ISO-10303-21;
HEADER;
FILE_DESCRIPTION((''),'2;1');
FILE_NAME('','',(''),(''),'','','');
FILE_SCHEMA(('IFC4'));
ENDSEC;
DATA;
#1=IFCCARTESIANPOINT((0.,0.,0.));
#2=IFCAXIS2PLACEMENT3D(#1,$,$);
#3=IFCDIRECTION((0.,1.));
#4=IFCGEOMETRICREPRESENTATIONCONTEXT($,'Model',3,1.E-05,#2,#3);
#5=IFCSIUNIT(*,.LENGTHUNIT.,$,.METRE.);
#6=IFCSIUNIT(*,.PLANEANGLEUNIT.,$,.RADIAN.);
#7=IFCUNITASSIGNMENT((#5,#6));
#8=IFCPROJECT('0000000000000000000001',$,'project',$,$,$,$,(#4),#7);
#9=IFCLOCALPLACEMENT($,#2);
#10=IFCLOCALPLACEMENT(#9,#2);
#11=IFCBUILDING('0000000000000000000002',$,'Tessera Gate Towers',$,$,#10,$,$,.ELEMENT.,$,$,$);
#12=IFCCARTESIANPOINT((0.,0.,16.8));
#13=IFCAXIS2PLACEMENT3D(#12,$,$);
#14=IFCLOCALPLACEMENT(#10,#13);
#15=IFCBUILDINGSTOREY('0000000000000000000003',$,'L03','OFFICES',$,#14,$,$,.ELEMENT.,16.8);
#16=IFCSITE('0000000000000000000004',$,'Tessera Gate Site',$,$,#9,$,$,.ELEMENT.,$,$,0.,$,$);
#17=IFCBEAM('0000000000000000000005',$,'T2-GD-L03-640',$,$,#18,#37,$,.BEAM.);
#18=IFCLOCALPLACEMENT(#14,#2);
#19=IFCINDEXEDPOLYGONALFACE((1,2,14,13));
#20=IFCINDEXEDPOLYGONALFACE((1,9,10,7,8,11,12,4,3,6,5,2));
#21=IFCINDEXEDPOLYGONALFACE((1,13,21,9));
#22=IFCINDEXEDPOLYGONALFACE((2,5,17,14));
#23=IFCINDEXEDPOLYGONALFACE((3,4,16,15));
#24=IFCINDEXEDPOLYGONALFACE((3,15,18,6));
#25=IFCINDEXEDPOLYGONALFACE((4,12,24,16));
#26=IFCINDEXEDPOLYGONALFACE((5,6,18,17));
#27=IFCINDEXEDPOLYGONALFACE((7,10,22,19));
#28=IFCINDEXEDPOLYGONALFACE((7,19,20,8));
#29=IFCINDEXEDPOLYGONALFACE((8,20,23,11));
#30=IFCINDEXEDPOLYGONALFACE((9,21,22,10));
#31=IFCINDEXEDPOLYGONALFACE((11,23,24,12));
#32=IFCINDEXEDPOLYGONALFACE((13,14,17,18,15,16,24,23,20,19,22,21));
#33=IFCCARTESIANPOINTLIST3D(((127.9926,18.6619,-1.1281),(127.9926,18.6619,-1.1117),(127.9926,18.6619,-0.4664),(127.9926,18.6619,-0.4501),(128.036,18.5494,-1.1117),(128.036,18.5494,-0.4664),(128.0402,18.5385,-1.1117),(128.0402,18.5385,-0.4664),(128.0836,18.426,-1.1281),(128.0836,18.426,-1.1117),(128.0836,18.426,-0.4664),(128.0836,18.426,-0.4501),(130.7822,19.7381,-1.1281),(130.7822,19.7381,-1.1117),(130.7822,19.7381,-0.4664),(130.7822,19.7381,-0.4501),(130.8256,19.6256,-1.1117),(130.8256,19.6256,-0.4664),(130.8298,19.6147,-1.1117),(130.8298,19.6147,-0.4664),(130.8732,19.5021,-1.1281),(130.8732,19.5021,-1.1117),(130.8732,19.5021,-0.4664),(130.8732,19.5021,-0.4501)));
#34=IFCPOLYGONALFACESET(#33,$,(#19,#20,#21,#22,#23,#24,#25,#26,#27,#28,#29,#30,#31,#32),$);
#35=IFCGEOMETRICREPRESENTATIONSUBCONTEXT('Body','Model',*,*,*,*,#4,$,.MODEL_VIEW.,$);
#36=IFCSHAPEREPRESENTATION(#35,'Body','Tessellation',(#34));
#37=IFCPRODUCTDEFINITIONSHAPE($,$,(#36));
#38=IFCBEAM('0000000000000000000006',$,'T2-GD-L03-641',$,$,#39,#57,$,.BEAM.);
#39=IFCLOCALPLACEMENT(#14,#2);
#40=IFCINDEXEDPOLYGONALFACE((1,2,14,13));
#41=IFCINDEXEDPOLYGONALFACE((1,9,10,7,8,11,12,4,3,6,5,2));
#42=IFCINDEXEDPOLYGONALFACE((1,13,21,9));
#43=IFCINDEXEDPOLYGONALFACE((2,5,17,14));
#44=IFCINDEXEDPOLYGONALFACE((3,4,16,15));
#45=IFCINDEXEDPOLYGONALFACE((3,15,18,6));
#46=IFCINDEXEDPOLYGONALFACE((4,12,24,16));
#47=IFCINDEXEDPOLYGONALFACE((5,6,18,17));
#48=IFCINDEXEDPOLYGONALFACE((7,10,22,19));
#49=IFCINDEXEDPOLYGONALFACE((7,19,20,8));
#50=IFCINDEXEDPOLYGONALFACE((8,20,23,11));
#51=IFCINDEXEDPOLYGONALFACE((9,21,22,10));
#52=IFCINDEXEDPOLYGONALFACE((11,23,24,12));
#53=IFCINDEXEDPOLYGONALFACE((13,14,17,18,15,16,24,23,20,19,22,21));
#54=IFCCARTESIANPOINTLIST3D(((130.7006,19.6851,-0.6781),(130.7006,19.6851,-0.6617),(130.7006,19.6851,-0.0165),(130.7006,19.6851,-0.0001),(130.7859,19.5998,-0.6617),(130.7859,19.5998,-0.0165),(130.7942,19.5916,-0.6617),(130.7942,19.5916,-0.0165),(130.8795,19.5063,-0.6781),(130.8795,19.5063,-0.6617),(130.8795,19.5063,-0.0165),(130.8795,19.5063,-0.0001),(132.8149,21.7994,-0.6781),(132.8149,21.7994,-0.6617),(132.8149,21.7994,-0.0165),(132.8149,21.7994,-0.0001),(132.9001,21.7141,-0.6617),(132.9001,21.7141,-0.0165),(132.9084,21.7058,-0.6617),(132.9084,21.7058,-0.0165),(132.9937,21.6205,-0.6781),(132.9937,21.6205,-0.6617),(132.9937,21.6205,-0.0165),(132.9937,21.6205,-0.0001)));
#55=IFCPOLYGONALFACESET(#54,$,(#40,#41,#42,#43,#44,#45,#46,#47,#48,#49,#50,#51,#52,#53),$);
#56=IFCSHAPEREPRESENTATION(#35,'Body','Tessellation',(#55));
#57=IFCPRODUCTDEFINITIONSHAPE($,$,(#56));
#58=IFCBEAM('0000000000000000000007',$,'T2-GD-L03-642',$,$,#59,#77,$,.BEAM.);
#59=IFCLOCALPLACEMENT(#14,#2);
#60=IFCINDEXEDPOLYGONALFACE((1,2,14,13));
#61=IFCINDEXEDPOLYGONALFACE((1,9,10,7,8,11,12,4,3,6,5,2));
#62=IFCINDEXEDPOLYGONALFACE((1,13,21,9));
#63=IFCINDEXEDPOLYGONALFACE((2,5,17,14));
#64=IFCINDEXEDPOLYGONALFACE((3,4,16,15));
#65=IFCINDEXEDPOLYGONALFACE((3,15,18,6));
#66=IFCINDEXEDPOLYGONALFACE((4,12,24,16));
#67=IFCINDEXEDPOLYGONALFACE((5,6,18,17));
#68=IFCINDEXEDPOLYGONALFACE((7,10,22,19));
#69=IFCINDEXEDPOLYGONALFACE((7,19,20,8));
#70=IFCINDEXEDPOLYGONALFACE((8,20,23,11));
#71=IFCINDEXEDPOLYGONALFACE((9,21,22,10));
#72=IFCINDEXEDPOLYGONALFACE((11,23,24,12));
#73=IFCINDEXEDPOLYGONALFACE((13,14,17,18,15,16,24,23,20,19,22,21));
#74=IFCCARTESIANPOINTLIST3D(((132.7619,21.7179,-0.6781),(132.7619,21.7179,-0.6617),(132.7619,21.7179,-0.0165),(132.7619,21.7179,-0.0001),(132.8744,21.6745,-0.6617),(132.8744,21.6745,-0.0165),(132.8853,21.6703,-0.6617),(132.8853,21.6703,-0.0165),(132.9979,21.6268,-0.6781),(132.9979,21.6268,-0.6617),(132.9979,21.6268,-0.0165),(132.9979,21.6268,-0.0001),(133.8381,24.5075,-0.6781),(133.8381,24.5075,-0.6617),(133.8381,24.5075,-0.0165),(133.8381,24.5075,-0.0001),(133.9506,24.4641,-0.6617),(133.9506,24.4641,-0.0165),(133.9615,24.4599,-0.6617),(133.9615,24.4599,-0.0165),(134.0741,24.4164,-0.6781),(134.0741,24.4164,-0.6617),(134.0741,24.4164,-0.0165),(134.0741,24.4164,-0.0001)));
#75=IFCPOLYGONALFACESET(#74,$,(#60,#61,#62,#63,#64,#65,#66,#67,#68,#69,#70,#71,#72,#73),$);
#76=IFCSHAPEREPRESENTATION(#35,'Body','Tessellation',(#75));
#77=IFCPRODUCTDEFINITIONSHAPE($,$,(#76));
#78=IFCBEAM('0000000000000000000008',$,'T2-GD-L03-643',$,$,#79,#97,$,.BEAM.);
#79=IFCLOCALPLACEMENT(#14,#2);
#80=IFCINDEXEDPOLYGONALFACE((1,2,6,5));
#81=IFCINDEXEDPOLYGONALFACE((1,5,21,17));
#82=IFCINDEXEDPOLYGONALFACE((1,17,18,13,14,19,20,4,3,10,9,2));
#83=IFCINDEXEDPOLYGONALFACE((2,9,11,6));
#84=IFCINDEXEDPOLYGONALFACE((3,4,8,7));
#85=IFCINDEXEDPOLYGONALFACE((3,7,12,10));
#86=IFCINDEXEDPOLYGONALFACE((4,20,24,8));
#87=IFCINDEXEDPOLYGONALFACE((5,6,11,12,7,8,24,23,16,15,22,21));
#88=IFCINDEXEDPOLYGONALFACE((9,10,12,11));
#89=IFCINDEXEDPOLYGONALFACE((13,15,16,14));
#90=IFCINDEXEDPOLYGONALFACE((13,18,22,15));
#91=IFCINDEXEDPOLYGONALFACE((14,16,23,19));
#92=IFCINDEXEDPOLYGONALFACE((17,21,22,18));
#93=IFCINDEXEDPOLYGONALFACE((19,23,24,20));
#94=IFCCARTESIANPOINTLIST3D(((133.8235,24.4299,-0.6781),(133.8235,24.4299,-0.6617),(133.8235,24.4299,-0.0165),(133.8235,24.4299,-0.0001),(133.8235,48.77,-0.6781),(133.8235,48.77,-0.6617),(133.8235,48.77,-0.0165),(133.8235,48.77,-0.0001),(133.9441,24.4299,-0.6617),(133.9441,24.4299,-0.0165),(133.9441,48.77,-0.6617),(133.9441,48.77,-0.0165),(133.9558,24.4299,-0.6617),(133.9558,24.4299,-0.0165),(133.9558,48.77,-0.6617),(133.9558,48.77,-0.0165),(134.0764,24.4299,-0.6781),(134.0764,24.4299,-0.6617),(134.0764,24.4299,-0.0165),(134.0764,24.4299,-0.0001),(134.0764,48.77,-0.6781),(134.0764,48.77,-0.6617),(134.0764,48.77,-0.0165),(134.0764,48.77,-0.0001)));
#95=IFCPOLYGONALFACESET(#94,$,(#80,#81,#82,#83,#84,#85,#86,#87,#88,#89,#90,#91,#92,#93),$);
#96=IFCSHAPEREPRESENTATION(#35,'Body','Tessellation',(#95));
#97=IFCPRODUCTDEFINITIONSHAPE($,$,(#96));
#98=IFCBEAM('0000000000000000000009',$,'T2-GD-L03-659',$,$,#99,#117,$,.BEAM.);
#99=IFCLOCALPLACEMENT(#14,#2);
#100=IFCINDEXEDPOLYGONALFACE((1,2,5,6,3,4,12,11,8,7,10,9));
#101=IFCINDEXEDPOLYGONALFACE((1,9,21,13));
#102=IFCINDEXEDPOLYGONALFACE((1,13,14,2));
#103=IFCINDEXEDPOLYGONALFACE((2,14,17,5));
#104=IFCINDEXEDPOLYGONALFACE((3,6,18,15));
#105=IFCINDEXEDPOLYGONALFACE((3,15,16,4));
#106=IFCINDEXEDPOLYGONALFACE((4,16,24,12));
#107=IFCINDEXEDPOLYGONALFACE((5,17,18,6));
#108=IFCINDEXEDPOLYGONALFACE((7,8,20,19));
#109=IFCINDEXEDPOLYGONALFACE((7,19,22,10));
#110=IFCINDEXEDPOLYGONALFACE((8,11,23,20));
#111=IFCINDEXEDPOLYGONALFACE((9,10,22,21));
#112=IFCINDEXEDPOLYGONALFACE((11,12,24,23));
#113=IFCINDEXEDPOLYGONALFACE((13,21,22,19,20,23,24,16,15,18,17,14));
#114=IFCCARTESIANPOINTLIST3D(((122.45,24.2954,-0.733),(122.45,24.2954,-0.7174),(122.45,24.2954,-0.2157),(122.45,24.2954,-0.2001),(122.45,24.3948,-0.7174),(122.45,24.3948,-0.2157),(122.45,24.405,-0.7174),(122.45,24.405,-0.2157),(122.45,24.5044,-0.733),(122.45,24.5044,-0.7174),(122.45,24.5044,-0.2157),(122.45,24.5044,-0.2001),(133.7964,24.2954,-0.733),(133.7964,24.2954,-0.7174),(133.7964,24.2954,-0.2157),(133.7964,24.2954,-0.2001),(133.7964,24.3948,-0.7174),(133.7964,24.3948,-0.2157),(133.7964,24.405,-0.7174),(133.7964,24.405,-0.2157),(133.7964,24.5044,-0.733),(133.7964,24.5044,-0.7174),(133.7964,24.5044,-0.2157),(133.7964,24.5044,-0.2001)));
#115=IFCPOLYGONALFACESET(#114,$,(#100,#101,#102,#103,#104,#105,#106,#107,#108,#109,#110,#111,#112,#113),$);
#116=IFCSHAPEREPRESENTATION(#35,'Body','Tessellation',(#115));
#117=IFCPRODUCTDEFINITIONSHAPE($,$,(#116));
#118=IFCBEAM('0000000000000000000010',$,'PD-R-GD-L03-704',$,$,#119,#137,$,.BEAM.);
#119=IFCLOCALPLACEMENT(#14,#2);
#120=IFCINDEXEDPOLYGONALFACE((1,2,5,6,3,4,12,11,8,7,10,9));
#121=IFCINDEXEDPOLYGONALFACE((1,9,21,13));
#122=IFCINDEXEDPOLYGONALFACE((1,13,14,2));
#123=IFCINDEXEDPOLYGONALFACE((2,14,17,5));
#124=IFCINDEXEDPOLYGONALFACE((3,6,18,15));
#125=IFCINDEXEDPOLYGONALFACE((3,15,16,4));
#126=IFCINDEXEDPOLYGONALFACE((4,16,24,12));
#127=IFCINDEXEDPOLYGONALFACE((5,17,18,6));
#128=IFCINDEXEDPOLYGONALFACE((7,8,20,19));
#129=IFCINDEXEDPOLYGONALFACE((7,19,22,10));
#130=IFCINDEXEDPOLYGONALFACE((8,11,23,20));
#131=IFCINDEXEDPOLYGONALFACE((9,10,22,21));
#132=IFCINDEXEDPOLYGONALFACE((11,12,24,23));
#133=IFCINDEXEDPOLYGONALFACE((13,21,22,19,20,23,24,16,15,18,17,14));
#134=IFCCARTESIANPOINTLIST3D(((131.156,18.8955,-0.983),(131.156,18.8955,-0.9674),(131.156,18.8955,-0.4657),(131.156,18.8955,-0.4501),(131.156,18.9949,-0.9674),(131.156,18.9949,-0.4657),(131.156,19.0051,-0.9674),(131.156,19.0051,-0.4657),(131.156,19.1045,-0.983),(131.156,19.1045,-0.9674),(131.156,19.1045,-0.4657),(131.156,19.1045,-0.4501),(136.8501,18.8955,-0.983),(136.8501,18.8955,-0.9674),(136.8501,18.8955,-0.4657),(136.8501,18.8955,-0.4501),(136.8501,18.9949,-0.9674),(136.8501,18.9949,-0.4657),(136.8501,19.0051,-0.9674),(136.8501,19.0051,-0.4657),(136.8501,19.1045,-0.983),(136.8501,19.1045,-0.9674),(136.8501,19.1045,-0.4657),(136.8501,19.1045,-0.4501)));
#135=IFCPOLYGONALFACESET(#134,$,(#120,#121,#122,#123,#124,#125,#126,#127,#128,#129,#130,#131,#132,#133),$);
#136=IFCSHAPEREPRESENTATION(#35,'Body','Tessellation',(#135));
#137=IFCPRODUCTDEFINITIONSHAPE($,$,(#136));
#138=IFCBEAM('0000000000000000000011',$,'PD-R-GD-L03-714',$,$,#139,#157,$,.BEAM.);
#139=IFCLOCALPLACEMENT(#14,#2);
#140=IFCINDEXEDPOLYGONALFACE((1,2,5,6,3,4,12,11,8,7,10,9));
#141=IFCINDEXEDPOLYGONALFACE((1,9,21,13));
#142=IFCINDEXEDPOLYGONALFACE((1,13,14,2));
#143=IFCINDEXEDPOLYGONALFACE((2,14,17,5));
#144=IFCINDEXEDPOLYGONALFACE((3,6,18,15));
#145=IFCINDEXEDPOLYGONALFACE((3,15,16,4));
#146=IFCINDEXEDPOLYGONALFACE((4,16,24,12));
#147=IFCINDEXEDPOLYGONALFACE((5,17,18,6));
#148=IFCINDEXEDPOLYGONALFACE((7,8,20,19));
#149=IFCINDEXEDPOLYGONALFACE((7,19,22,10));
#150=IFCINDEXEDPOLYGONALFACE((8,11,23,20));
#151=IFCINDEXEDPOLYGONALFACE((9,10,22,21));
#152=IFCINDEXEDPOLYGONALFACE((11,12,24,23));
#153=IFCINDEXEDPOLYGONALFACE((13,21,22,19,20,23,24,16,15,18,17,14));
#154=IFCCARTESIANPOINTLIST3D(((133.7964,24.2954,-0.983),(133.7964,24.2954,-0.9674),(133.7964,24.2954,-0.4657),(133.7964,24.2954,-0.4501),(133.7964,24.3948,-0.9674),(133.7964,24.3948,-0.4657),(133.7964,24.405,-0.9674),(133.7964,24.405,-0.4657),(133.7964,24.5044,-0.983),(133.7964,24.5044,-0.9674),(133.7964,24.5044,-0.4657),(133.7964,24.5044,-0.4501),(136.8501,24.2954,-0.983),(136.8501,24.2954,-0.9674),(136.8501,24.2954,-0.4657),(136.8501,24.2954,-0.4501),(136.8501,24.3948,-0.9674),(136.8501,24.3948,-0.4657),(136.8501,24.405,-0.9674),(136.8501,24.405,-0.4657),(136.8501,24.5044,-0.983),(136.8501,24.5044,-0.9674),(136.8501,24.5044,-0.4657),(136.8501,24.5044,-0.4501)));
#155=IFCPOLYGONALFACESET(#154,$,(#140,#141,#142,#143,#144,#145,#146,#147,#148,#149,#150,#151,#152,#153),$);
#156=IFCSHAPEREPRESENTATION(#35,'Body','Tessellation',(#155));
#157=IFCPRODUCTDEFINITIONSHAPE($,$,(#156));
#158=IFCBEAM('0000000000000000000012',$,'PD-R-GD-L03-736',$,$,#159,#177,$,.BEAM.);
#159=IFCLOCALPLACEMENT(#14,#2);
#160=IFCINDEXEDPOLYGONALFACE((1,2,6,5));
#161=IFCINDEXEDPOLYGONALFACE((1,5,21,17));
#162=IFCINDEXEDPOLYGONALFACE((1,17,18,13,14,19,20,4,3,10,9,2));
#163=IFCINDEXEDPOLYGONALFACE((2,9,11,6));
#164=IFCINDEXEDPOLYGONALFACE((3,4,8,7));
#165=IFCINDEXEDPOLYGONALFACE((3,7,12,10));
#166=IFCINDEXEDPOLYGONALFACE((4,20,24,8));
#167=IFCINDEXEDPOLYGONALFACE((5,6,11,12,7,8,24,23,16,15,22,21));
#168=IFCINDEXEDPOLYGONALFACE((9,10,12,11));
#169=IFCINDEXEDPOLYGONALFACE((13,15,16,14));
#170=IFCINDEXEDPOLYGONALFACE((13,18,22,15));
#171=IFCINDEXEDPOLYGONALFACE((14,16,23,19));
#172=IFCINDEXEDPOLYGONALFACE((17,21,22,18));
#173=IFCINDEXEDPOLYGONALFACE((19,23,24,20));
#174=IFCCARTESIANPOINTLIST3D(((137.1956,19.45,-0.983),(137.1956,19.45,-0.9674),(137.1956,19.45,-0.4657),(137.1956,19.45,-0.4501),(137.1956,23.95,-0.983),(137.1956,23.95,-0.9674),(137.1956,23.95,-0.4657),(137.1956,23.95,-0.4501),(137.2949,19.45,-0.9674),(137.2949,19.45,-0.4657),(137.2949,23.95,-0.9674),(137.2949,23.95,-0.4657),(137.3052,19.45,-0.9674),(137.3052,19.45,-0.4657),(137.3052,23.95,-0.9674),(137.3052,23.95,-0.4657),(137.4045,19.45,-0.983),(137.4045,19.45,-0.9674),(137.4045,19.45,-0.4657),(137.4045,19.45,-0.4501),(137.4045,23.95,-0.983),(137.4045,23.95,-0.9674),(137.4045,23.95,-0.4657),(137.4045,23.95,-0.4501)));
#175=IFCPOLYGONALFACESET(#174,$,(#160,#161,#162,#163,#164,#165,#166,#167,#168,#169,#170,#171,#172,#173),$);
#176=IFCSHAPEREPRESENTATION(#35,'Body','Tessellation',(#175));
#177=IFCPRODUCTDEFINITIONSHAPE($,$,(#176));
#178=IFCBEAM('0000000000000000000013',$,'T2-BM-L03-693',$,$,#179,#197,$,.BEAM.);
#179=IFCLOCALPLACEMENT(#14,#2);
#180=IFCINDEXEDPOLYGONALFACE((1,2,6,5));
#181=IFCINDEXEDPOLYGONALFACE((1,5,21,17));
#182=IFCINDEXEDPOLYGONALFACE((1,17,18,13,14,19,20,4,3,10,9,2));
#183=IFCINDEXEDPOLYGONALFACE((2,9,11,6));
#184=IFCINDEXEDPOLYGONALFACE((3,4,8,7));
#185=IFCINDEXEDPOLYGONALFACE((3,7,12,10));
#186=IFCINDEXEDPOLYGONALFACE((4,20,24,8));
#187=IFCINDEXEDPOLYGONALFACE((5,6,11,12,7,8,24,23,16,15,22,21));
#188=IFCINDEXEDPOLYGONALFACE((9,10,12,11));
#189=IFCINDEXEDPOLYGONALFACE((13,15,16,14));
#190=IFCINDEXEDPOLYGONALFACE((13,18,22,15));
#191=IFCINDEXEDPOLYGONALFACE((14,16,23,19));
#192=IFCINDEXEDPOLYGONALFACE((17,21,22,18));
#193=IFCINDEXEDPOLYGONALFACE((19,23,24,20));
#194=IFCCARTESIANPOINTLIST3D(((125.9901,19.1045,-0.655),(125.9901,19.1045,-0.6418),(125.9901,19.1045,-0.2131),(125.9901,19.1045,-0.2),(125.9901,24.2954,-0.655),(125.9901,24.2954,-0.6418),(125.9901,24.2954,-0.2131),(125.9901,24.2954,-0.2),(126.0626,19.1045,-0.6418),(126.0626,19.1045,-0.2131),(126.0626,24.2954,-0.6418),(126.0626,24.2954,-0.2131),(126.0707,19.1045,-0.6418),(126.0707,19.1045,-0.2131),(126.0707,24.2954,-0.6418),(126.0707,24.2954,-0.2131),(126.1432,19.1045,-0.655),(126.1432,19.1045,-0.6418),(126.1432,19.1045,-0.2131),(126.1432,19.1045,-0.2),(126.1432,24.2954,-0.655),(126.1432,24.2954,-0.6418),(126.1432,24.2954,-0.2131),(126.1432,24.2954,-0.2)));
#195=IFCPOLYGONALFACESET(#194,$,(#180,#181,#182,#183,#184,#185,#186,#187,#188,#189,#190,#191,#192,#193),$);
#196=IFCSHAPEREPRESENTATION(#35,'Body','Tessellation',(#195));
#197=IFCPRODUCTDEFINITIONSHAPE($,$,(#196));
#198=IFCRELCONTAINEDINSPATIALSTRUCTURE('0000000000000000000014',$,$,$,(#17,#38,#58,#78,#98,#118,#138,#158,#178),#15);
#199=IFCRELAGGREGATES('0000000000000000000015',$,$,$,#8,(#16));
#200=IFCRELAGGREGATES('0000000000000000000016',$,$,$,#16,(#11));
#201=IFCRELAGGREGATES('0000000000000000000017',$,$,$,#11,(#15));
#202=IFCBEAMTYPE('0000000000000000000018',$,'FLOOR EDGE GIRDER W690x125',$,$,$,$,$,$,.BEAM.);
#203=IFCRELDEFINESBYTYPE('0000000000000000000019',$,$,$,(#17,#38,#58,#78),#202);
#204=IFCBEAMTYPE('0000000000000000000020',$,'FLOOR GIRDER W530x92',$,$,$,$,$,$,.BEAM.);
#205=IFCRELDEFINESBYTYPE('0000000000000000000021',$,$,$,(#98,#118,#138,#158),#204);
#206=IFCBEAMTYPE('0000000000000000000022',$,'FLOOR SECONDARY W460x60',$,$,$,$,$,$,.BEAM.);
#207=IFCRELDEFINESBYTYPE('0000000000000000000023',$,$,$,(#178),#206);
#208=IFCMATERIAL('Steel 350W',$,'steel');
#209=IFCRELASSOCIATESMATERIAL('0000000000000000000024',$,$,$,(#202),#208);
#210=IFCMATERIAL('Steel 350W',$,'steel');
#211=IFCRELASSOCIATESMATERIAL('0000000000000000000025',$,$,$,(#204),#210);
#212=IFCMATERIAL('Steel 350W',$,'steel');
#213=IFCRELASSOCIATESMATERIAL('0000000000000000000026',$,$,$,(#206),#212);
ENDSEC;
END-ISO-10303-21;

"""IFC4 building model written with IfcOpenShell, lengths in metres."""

from ifc_helpers import new_model, si_unit, direction, frame, origin, origin_2d, place, context, subcontext, project, spatial, i_section, extrude, material, material_profile, profile_set, type_object, element, save


model = new_model("IFC4")

# Units and contexts
model_context = context("Model", 3, precision=1e-05, world=origin(), true_north=direction((0.0, 1.0)))
body_context = subcontext(model_context, "Body", "Model", "MODEL_VIEW")
ifc_project = project(units=[si_unit("LENGTHUNIT", "METRE"), si_unit("PLANEANGLEUNIT", "RADIAN")], contexts=[model_context])

# Site, building, storey
site_placement = place(None, origin())
site = spatial("IfcSite", under=ifc_project, at=site_placement, Name="Tessera Gate Site", CompositionType="ELEMENT", RefElevation=0.0)
building_placement = place(site_placement, origin())
building = spatial("IfcBuilding", under=site, at=building_placement, Name="Tessera Gate Towers", CompositionType="ELEMENT")
storey_placement = place(building_placement, frame((0.0, 0.0, 16.8)))
storey = spatial("IfcBuildingStorey", under=building, at=storey_placement, Name="L03", Description="OFFICES", CompositionType="ELEMENT", Elevation=16.8)

# Beams
ifc_material_1 = material(Name="Steel 350W", Category="steel")
ifc_material_profile_1 = material_profile(ifc_material_1, i_section(OverallWidth=0.2529, OverallDepth=0.678, WebThickness=0.0117, FlangeThickness=0.0164, at=origin_2d()), Name="W690x125")
ifc_profile_set_1 = profile_set([ifc_material_profile_1], Name="Steel 350W")
beam_type_1 = type_object("IfcBeamType", Name="FLOOR EDGE GIRDER W690x125", PredefinedType="BEAM", material=ifc_profile_set_1)
for number, where, z_axis, x_axis, name in (
    (1, (128.0381, 18.5439, -0.7891), (0.932979, 0.359931, 0.0), (-0.359931, 0.932979, 0.0), "T2-GD-L03-640"),
    (2, (130.79, 19.5957, -0.3391), (0.707107, 0.707107, 0.0), (-0.707107, 0.707107, 0.0), "T2-GD-L03-641"),
    (3, (132.8799, 21.6724, -0.3391), (0.359931, 0.932979, 0.0), (-0.932979, 0.359931, 0.0), "T2-GD-L03-642"),
):
    element("IfcBeam", number, at=place(storey_placement, frame(where, z_axis=z_axis, x_axis=x_axis)), inside=storey, type_object=beam_type_1, Name=name, PredefinedType="BEAM", context=body_context, shape_type="SweptSolid", body=[
        extrude(i_section(OverallWidth=0.2529, OverallDepth=0.678, WebThickness=0.0117, FlangeThickness=0.0164, at=origin_2d()), origin(), (0.0, 0.0, 1.0), 2.99),
    ])
beam_1_placement = place(storey_placement, frame((133.95, 24.4299, -0.3391), z_axis=(0.0, 1.0, 0.0), x_axis=(-1.0, 0.0, 0.0)))
element("IfcBeam", 4, at=beam_1_placement, inside=storey, type_object=beam_type_1, Name="T2-GD-L03-643", PredefinedType="BEAM", context=body_context, shape_type="SweptSolid", body=[
    extrude(i_section(OverallWidth=0.2529, OverallDepth=0.678, WebThickness=0.0117, FlangeThickness=0.0164, at=origin_2d()), origin(), (0.0, 0.0, 1.0), 24.3401),
])
ifc_material_2 = material(Name="Steel 350W", Category="steel")
ifc_material_profile_2 = material_profile(ifc_material_2, i_section(OverallWidth=0.209, OverallDepth=0.533, WebThickness=0.0103, FlangeThickness=0.0156, at=origin_2d()), Name="W530x92")
ifc_profile_set_2 = profile_set([ifc_material_profile_2], Name="Steel 350W")
beam_type_2 = type_object("IfcBeamType", Name="FLOOR GIRDER W530x92", PredefinedType="BEAM", material=ifc_profile_set_2)
beam_2_placement = place(storey_placement, frame((122.45, 24.3999, -0.4666), z_axis=(1.0, 0.0, 0.0), x_axis=(0.0, 1.0, 0.0)))
element("IfcBeam", 5, at=beam_2_placement, inside=storey, type_object=beam_type_2, Name="T2-GD-L03-659", PredefinedType="BEAM", context=body_context, shape_type="SweptSolid", body=[
    extrude(i_section(OverallWidth=0.209, OverallDepth=0.533, WebThickness=0.0103, FlangeThickness=0.0156, at=origin_2d()), origin(), (0.0, 0.0, 1.0), 11.3464),
])
beam_3_placement = place(storey_placement, frame((131.156, 19.0, -0.7166), z_axis=(1.0, 0.0, 0.0), x_axis=(0.0, 1.0, 0.0)))
element("IfcBeam", 6, at=beam_3_placement, inside=storey, type_object=beam_type_2, Name="PD-R-GD-L03-704", PredefinedType="BEAM", context=body_context, shape_type="SweptSolid", body=[
    extrude(i_section(OverallWidth=0.209, OverallDepth=0.533, WebThickness=0.0103, FlangeThickness=0.0156, at=origin_2d()), origin(), (0.0, 0.0, 1.0), 5.6941),
])
beam_4_placement = place(storey_placement, frame((133.7964, 24.3999, -0.7166), z_axis=(1.0, 0.0, 0.0), x_axis=(0.0, 1.0, 0.0)))
element("IfcBeam", 7, at=beam_4_placement, inside=storey, type_object=beam_type_2, Name="PD-R-GD-L03-714", PredefinedType="BEAM", context=body_context, shape_type="SweptSolid", body=[
    extrude(i_section(OverallWidth=0.209, OverallDepth=0.533, WebThickness=0.0103, FlangeThickness=0.0156, at=origin_2d()), origin(), (0.0, 0.0, 1.0), 3.0537),
])
beam_5_placement = place(storey_placement, frame((137.3, 19.45, -0.7166), z_axis=(0.0, 1.0, 0.0), x_axis=(-1.0, 0.0, 0.0)))
element("IfcBeam", 8, at=beam_5_placement, inside=storey, type_object=beam_type_2, Name="PD-R-GD-L03-736", PredefinedType="BEAM", context=body_context, shape_type="SweptSolid", body=[
    extrude(i_section(OverallWidth=0.209, OverallDepth=0.533, WebThickness=0.0103, FlangeThickness=0.0156, at=origin_2d()), origin(), (0.0, 0.0, 1.0), 4.5),
])
ifc_material_3 = material(Name="Steel 350W", Category="steel")
ifc_material_profile_3 = material_profile(ifc_material_3, i_section(OverallWidth=0.1531, OverallDepth=0.4551, WebThickness=0.0081, FlangeThickness=0.0132, at=origin_2d()), Name="W460x60")
ifc_profile_set_3 = profile_set([ifc_material_profile_3], Name="Steel 350W")
beam_type_3 = type_object("IfcBeamType", Name="FLOOR SECONDARY W460x60", PredefinedType="BEAM", material=ifc_profile_set_3)
beam_6_placement = place(storey_placement, frame((126.0667, 19.1045, -0.4275), z_axis=(0.0, 1.0, 0.0), x_axis=(-1.0, 0.0, 0.0)))
element("IfcBeam", 9, at=beam_6_placement, inside=storey, type_object=beam_type_3, Name="T2-BM-L03-693", PredefinedType="BEAM", context=body_context, shape_type="SweptSolid", body=[
    extrude(i_section(OverallWidth=0.1531, OverallDepth=0.4551, WebThickness=0.0081, FlangeThickness=0.0132, at=origin_2d()), origin(), (0.0, 0.0, 1.0), 5.1909),
])

save(model, "model.ifc")
